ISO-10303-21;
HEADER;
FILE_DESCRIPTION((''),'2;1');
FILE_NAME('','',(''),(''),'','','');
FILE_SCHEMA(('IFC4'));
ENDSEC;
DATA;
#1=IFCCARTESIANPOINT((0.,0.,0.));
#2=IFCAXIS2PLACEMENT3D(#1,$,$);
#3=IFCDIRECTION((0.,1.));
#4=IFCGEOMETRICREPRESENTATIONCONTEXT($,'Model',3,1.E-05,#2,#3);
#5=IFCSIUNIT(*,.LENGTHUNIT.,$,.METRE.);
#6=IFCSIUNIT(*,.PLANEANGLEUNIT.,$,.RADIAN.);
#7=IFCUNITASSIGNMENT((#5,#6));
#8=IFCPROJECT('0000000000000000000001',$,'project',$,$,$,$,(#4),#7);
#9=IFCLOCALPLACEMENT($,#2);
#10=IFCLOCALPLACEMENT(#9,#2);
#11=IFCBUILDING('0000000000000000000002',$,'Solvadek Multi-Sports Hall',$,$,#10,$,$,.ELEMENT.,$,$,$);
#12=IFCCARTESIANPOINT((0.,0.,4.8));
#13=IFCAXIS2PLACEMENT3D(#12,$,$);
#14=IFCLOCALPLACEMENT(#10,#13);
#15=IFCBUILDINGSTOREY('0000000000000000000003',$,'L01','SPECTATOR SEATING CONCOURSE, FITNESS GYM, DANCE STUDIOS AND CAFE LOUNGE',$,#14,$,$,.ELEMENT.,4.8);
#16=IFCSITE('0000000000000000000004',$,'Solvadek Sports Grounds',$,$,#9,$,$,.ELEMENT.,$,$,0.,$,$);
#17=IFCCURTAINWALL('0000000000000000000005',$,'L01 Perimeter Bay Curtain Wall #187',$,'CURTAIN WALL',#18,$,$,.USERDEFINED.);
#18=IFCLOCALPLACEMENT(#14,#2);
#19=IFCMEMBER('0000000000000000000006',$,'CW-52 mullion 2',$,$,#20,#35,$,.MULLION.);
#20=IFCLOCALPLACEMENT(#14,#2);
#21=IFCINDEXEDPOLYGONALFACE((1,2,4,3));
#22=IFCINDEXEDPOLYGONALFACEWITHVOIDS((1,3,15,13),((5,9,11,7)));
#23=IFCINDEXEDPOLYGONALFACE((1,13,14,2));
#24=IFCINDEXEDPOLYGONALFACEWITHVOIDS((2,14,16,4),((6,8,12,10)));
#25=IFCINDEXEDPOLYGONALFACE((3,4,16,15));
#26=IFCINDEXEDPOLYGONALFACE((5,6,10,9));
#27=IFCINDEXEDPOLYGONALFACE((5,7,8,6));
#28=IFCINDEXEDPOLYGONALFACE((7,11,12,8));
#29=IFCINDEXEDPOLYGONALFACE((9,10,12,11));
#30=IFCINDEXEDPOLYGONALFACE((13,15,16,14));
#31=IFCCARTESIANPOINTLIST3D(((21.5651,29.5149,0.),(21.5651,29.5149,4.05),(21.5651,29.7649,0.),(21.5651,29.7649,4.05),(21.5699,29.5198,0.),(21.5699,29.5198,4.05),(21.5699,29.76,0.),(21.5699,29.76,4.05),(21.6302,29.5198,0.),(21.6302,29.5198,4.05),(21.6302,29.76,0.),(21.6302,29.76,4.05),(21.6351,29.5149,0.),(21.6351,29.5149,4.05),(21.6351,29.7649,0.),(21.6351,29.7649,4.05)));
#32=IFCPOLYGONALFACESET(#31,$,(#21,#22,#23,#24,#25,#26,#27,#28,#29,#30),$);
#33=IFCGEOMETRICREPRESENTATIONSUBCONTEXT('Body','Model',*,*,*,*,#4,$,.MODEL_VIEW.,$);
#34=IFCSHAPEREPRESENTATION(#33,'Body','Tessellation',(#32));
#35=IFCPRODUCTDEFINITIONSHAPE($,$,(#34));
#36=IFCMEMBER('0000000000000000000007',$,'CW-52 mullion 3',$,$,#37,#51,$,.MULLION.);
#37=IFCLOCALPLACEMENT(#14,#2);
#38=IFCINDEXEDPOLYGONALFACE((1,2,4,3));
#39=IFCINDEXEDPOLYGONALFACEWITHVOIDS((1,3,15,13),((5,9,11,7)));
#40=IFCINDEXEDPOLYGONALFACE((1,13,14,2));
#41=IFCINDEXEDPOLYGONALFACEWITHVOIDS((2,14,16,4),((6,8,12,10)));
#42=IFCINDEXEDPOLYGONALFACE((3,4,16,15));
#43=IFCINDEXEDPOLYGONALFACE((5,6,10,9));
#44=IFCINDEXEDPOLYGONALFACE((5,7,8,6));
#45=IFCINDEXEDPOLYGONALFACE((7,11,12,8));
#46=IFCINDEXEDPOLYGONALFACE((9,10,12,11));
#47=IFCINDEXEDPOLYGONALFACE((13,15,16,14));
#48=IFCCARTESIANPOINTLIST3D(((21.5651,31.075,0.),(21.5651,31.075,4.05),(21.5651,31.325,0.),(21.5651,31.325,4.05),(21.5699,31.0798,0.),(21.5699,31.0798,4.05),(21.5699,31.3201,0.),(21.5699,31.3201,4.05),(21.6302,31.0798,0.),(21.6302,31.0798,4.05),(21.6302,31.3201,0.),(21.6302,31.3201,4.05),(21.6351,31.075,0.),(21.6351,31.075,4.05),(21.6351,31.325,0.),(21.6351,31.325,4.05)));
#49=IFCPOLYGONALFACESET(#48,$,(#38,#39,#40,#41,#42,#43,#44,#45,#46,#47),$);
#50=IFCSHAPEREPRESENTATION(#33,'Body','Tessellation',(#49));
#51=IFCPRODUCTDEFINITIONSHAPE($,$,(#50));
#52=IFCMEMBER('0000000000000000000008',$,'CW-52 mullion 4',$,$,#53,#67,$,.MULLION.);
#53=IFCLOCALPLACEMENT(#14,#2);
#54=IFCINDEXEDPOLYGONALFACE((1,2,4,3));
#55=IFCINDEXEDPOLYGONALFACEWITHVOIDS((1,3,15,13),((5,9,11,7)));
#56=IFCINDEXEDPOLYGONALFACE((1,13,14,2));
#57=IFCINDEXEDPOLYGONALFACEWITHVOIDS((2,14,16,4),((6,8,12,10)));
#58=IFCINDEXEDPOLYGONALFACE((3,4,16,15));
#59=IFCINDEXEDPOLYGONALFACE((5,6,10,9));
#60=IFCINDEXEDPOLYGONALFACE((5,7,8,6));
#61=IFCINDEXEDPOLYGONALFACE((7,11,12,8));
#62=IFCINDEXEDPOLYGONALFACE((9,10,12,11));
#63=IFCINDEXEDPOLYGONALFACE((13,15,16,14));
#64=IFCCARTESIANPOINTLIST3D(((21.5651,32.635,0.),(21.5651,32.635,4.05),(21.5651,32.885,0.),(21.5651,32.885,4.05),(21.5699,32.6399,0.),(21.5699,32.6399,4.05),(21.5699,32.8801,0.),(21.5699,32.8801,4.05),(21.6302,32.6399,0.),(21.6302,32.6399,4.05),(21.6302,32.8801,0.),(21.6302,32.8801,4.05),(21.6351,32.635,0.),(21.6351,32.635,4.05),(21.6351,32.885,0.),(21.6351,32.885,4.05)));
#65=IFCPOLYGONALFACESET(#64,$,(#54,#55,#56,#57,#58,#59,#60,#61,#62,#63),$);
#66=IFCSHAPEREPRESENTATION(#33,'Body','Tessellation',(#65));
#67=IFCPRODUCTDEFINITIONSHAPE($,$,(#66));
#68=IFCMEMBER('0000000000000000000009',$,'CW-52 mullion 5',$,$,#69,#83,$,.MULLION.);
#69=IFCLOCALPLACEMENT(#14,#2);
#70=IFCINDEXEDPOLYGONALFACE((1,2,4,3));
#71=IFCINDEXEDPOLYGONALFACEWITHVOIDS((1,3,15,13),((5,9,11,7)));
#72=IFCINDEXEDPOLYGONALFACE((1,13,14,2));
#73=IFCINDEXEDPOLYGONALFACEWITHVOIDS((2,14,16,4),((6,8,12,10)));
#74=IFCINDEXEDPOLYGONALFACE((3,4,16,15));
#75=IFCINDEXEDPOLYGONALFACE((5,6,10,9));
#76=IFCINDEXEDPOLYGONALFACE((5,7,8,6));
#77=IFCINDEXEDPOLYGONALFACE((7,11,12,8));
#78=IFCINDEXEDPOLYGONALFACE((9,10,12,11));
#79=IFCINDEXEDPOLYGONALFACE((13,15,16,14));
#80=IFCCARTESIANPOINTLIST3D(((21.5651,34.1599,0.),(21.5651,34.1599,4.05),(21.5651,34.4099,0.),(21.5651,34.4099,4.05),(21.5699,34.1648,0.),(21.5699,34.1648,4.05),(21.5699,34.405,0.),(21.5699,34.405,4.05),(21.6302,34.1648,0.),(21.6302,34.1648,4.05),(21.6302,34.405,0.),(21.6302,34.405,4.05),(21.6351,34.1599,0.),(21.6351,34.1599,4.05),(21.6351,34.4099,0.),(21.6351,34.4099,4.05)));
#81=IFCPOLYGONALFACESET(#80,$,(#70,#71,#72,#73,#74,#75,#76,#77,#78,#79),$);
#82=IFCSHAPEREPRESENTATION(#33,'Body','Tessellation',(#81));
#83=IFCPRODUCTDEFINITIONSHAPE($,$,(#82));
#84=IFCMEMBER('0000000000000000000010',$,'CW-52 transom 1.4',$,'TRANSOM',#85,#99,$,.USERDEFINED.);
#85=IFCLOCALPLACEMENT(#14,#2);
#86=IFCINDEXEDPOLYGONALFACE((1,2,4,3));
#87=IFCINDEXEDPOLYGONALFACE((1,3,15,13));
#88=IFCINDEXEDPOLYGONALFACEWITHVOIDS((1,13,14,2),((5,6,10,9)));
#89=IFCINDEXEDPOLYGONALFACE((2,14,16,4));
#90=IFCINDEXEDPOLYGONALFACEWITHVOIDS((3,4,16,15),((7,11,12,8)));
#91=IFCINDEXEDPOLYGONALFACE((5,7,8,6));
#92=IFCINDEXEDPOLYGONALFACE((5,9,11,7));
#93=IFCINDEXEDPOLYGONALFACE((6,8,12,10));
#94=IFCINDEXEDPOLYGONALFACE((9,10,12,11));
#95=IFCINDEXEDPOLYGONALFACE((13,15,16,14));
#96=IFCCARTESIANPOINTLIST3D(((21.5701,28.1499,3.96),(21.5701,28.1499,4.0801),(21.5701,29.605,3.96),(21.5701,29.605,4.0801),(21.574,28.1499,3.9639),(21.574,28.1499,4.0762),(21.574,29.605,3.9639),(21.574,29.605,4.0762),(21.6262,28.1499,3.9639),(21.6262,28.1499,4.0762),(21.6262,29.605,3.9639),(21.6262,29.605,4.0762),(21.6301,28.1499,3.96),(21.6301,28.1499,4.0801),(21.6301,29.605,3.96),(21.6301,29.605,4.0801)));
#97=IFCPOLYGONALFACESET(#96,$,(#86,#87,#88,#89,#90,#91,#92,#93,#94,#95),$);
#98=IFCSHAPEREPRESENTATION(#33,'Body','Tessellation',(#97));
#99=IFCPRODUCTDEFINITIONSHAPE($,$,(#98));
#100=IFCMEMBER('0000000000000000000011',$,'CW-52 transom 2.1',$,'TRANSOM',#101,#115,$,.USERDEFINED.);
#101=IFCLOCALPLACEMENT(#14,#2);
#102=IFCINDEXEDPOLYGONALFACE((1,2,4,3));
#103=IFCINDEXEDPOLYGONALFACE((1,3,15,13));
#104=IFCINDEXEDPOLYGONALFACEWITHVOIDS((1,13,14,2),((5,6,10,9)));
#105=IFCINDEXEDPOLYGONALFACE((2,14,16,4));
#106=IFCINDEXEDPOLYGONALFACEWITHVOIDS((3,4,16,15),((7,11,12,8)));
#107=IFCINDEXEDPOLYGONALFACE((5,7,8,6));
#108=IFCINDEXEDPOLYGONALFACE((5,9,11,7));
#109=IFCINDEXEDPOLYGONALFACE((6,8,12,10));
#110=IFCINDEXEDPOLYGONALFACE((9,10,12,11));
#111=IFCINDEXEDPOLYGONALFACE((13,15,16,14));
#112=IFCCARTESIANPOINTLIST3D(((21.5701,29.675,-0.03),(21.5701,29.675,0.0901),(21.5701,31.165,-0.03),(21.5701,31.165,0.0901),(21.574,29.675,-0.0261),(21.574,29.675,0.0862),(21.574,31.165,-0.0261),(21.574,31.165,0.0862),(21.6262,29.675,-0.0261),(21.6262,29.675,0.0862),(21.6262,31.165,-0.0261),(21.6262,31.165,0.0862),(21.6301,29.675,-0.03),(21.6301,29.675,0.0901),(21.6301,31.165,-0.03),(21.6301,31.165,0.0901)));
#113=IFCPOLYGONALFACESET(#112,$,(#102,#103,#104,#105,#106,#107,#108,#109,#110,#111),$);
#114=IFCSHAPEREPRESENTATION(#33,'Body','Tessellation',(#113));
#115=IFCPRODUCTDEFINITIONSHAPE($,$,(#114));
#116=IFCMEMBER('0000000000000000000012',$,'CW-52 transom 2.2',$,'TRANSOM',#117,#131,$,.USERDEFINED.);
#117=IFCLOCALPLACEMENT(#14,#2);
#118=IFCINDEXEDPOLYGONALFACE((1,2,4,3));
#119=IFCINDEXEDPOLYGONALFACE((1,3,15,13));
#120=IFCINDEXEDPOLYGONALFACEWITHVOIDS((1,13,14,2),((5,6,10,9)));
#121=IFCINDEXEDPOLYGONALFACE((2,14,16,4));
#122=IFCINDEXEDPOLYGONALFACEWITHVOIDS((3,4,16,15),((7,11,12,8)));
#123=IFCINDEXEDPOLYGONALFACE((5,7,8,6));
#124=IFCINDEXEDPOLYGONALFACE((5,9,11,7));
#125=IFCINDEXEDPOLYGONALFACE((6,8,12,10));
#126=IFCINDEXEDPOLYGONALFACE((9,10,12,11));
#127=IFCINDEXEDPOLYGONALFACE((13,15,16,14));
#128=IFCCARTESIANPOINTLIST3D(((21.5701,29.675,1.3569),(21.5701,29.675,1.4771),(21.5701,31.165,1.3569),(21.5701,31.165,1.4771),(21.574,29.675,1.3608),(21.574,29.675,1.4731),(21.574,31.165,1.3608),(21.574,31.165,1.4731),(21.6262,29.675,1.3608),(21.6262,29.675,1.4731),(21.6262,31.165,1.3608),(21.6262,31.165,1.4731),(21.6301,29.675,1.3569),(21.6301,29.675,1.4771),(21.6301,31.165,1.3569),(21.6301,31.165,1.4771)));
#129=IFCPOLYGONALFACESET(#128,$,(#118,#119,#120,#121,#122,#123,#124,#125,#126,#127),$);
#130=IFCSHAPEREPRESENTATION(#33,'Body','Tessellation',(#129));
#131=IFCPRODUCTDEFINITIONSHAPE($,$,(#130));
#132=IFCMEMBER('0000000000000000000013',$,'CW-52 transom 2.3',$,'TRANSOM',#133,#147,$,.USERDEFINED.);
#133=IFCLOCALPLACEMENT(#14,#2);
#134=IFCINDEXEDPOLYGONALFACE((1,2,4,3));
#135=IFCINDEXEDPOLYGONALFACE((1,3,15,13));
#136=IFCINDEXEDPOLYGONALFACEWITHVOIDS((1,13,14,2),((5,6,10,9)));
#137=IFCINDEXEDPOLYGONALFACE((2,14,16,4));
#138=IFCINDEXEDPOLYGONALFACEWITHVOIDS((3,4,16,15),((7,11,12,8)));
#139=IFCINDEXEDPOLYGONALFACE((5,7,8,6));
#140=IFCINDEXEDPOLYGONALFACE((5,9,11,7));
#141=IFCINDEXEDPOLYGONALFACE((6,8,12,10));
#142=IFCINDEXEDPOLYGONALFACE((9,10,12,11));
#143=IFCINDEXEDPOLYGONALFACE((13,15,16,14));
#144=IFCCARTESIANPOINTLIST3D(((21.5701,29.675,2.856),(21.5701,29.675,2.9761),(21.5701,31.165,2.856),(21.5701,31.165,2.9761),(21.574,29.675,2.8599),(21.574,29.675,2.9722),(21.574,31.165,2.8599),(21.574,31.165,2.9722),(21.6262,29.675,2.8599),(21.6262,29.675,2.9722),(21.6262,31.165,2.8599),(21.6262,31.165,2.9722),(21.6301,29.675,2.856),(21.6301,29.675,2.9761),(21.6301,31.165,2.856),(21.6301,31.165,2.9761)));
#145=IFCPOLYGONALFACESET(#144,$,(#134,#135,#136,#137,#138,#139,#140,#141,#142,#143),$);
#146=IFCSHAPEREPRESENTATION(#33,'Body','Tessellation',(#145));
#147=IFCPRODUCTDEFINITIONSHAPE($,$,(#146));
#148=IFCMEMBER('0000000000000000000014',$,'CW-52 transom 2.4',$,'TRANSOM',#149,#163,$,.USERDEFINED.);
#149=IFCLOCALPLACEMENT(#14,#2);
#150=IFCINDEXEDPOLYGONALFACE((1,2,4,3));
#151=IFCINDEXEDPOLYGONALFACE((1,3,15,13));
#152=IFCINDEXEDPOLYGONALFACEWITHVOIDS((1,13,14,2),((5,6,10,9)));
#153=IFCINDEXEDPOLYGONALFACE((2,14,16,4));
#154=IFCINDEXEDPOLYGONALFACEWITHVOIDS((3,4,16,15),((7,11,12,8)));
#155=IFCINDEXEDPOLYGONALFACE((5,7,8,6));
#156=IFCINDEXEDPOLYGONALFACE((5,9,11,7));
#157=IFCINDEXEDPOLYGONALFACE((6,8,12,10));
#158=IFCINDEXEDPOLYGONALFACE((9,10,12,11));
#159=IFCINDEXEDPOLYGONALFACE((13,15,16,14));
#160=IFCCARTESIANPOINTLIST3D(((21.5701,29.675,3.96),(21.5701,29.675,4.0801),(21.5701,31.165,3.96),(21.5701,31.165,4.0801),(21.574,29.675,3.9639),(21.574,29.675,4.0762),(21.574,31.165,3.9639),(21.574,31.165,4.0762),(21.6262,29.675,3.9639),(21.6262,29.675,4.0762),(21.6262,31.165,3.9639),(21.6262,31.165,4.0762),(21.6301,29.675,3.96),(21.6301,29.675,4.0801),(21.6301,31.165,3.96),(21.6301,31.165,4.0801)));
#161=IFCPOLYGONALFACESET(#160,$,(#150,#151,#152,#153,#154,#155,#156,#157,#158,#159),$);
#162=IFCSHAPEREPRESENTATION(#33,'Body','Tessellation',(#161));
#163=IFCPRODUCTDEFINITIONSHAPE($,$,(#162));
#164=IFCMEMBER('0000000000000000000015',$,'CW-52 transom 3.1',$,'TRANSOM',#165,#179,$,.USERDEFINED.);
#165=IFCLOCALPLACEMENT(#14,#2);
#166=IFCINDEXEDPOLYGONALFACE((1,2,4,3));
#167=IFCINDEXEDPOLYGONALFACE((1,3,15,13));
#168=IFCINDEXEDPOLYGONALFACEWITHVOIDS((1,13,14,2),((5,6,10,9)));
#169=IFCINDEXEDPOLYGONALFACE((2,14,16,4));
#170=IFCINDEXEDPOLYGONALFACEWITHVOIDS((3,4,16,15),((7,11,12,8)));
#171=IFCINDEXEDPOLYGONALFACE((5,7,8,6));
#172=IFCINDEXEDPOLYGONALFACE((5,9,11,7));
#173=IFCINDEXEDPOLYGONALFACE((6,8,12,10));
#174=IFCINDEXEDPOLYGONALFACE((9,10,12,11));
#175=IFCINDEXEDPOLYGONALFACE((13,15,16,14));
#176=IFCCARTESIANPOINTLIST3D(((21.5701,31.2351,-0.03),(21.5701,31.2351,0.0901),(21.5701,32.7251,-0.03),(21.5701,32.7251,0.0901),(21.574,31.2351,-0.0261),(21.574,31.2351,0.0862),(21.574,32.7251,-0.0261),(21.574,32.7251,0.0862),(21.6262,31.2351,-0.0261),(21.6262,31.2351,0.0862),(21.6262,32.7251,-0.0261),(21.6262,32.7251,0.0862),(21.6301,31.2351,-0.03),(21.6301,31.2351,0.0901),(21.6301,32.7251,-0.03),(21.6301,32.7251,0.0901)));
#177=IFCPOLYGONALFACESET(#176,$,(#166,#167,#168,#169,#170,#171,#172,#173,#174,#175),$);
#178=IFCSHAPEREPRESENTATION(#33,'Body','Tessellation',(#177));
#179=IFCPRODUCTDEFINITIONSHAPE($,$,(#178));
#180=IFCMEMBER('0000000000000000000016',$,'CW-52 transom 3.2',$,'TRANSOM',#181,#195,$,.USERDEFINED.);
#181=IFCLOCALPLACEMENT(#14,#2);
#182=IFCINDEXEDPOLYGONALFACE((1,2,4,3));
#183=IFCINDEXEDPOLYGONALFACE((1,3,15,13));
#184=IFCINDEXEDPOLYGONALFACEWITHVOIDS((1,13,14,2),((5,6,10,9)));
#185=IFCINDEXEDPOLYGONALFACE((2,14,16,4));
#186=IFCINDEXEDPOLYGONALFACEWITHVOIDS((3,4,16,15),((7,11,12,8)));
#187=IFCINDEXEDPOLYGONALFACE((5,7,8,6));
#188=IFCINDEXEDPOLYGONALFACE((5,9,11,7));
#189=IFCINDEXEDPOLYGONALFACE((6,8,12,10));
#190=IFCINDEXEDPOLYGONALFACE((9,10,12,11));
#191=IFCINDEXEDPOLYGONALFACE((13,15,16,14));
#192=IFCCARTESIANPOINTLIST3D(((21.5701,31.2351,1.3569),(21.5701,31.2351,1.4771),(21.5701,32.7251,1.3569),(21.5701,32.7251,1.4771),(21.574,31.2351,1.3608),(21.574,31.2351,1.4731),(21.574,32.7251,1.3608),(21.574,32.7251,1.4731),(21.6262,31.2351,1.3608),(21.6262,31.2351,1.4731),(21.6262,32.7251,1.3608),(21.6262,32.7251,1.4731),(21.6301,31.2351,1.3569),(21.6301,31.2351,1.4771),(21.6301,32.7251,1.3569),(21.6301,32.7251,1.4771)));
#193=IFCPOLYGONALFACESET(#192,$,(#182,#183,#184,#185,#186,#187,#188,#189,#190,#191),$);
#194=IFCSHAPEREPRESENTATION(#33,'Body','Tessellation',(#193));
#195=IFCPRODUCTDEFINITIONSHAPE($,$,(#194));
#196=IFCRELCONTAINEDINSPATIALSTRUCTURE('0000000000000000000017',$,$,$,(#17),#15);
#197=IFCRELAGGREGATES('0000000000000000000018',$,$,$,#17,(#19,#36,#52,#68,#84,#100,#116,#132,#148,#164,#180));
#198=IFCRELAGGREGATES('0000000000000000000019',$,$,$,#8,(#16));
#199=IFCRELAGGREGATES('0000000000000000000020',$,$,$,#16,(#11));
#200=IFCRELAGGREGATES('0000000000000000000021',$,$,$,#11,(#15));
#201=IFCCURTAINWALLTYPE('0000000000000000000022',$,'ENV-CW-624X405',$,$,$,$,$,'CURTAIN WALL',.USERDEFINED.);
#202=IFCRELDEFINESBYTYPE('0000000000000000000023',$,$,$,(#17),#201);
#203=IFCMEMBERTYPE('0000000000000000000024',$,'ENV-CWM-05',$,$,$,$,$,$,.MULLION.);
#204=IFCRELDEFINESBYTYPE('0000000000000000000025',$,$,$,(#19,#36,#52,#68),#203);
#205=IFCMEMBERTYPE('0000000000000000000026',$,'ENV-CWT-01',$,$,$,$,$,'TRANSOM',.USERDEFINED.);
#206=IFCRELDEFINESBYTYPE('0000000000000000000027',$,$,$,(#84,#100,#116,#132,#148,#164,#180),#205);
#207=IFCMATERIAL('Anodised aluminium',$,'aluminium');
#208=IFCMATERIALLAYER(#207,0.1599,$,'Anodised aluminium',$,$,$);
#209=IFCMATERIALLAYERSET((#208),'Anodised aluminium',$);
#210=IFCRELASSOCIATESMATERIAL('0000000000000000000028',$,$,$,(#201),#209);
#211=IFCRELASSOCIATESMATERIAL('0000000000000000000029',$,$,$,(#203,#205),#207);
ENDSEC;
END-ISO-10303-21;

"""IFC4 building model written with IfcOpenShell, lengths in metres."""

from ifc_helpers import new_model, si_unit, direction, frame, origin, origin_2d, place, context, subcontext, project, spatial, hollow_rectangle, extrude, material, layer, layer_set, material_profile, profile_set, type_object, element, aggregate, save


model = new_model("IFC4")

# Units and contexts
model_context = context("Model", 3, precision=1e-05, world=origin(), true_north=direction((0.0, 1.0)))
body_context = subcontext(model_context, "Body", "Model", "MODEL_VIEW")
ifc_project = project(units=[si_unit("LENGTHUNIT", "METRE"), si_unit("PLANEANGLEUNIT", "RADIAN")], contexts=[model_context])

# Site, building, storey
site_placement = place(None, origin())
site = spatial("IfcSite", under=ifc_project, at=site_placement, Name="Solvadek Sports Grounds", CompositionType="ELEMENT", RefElevation=0.0)
building_placement = place(site_placement, origin())
building = spatial("IfcBuilding", under=site, at=building_placement, Name="Solvadek Multi-Sports Hall", CompositionType="ELEMENT")
storey_placement = place(building_placement, frame((0.0, 0.0, 4.8)))
storey = spatial("IfcBuildingStorey", under=building, at=storey_placement, Name="L01", Description="SPECTATOR SEATING CONCOURSE, FITNESS GYM, DANCE STUDIOS AND CAFE LOUNGE", CompositionType="ELEMENT", Elevation=4.8)

# Curtain wall, members
ifc_material_1 = material(Name="Anodised aluminium", Category="aluminium")
ifc_layer_1 = layer(ifc_material_1, 0.1599, Name="Anodised aluminium")
ifc_layer_set_1 = layer_set([ifc_layer_1], Name="Anodised aluminium")
curtain_wall_type = type_object("IfcCurtainWallType", Name="ENV-CW-624X405", ElementType="CURTAIN WALL", PredefinedType="USERDEFINED", material=ifc_layer_set_1)
curtain_wall_placement = place(storey_placement, origin())
curtain_wall = element("IfcCurtainWall", 1, at=curtain_wall_placement, inside=storey, type_object=curtain_wall_type, Name="L01 Perimeter Bay Curtain Wall #187", ObjectType="CURTAIN WALL", PredefinedType="USERDEFINED")
ifc_material_profile_1 = material_profile(ifc_material_1, hollow_rectangle(XDim=0.0701, YDim=0.25, WallThickness=0.0049, at=origin_2d()), Name="ALU-M 250x70x5")
ifc_profile_set_1 = profile_set([ifc_material_profile_1], Name="Anodised aluminium")
member_type_1 = type_object("IfcMemberType", Name="ENV-CWM-05", PredefinedType="MULLION", material=ifc_profile_set_1)
member_1_placement = place(storey_placement, frame((21.6001, 29.6399, 0.0), z_axis=(0.0, 0.0, 1.0), x_axis=(-1.0, 0.0, 0.0)))
member_1 = element("IfcMember", 2, at=member_1_placement, type_object=member_type_1, Name="CW-52 mullion 2", PredefinedType="MULLION", context=body_context, shape_type="SweptSolid", body=[
    extrude(hollow_rectangle(XDim=0.0701, YDim=0.25, WallThickness=0.0049, at=origin_2d()), origin(), (0.0, 0.0, 1.0), 4.05),
])
member_2_placement = place(storey_placement, frame((21.6001, 31.2, 0.0), z_axis=(0.0, 0.0, 1.0), x_axis=(-1.0, 0.0, 0.0)))
member_2 = element("IfcMember", 3, at=member_2_placement, type_object=member_type_1, Name="CW-52 mullion 3", PredefinedType="MULLION", context=body_context, shape_type="SweptSolid", body=[
    extrude(hollow_rectangle(XDim=0.0701, YDim=0.25, WallThickness=0.0049, at=origin_2d()), origin(), (0.0, 0.0, 1.0), 4.05),
])
member_3_placement = place(storey_placement, frame((21.6001, 32.76, 0.0), z_axis=(0.0, 0.0, 1.0), x_axis=(-1.0, 0.0, 0.0)))
member_3 = element("IfcMember", 4, at=member_3_placement, type_object=member_type_1, Name="CW-52 mullion 4", PredefinedType="MULLION", context=body_context, shape_type="SweptSolid", body=[
    extrude(hollow_rectangle(XDim=0.0701, YDim=0.25, WallThickness=0.0049, at=origin_2d()), origin(), (0.0, 0.0, 1.0), 4.05),
])
member_4_placement = place(storey_placement, frame((21.6001, 34.2849, 0.0), z_axis=(0.0, 0.0, 1.0), x_axis=(-1.0, 0.0, 0.0)))
member_4 = element("IfcMember", 5, at=member_4_placement, type_object=member_type_1, Name="CW-52 mullion 5", PredefinedType="MULLION", context=body_context, shape_type="SweptSolid", body=[
    extrude(hollow_rectangle(XDim=0.0701, YDim=0.25, WallThickness=0.0049, at=origin_2d()), origin(), (0.0, 0.0, 1.0), 4.05),
])
ifc_material_profile_2 = material_profile(ifc_material_1, hollow_rectangle(XDim=0.0601, YDim=0.1201, WallThickness=0.0039, at=origin_2d()), Name="ALU-T 120x60x4")
ifc_profile_set_2 = profile_set([ifc_material_profile_2], Name="Anodised aluminium")
member_type_2 = type_object("IfcMemberType", Name="ENV-CWT-01", ElementType="TRANSOM", PredefinedType="USERDEFINED", material=ifc_profile_set_2)
member_5_placement = place(storey_placement, frame((21.6001, 28.1499, 4.02), z_axis=(0.0, 1.0, 0.0), x_axis=(-1.0, 0.0, 0.0)))
member_5 = element("IfcMember", 6, at=member_5_placement, type_object=member_type_2, Name="CW-52 transom 1.4", ObjectType="TRANSOM", PredefinedType="USERDEFINED", context=body_context, shape_type="SweptSolid", body=[
    extrude(hollow_rectangle(XDim=0.0601, YDim=0.1201, WallThickness=0.0039, at=origin_2d()), origin(), (0.0, 0.0, 1.0), 1.4551),
])
member_6_placement = place(storey_placement, frame((21.6001, 29.675, 0.03), z_axis=(0.0, 1.0, 0.0), x_axis=(-1.0, 0.0, 0.0)))
member_6 = element("IfcMember", 7, at=member_6_placement, type_object=member_type_2, Name="CW-52 transom 2.1", ObjectType="TRANSOM", PredefinedType="USERDEFINED", context=body_context, shape_type="SweptSolid", body=[
    extrude(hollow_rectangle(XDim=0.0601, YDim=0.1201, WallThickness=0.0039, at=origin_2d()), origin(), (0.0, 0.0, 1.0), 1.49),
])
member_7_placement = place(storey_placement, frame((21.6001, 29.675, 1.417), z_axis=(0.0, 1.0, 0.0), x_axis=(-1.0, 0.0, 0.0)))
member_7 = element("IfcMember", 8, at=member_7_placement, type_object=member_type_2, Name="CW-52 transom 2.2", ObjectType="TRANSOM", PredefinedType="USERDEFINED", context=body_context, shape_type="SweptSolid", body=[
    extrude(hollow_rectangle(XDim=0.0601, YDim=0.1201, WallThickness=0.0039, at=origin_2d()), origin(), (0.0, 0.0, 1.0), 1.49),
])
member_8_placement = place(storey_placement, frame((21.6001, 29.675, 2.916), z_axis=(0.0, 1.0, 0.0), x_axis=(-1.0, 0.0, 0.0)))
member_8 = element("IfcMember", 9, at=member_8_placement, type_object=member_type_2, Name="CW-52 transom 2.3", ObjectType="TRANSOM", PredefinedType="USERDEFINED", context=body_context, shape_type="SweptSolid", body=[
    extrude(hollow_rectangle(XDim=0.0601, YDim=0.1201, WallThickness=0.0039, at=origin_2d()), origin(), (0.0, 0.0, 1.0), 1.49),
])
member_9_placement = place(storey_placement, frame((21.6001, 29.675, 4.02), z_axis=(0.0, 1.0, 0.0), x_axis=(-1.0, 0.0, 0.0)))
member_9 = element("IfcMember", 10, at=member_9_placement, type_object=member_type_2, Name="CW-52 transom 2.4", ObjectType="TRANSOM", PredefinedType="USERDEFINED", context=body_context, shape_type="SweptSolid", body=[
    extrude(hollow_rectangle(XDim=0.0601, YDim=0.1201, WallThickness=0.0039, at=origin_2d()), origin(), (0.0, 0.0, 1.0), 1.49),
])
member_10_placement = place(storey_placement, frame((21.6001, 31.2351, 0.03), z_axis=(0.0, 1.0, 0.0), x_axis=(-1.0, 0.0, 0.0)))
member_10 = element("IfcMember", 11, at=member_10_placement, type_object=member_type_2, Name="CW-52 transom 3.1", ObjectType="TRANSOM", PredefinedType="USERDEFINED", context=body_context, shape_type="SweptSolid", body=[
    extrude(hollow_rectangle(XDim=0.0601, YDim=0.1201, WallThickness=0.0039, at=origin_2d()), origin(), (0.0, 0.0, 1.0), 1.49),
])
member_11_placement = place(storey_placement, frame((21.6001, 31.2351, 1.417), z_axis=(0.0, 1.0, 0.0), x_axis=(-1.0, 0.0, 0.0)))
member_11 = element("IfcMember", 12, at=member_11_placement, type_object=member_type_2, Name="CW-52 transom 3.2", ObjectType="TRANSOM", PredefinedType="USERDEFINED", context=body_context, shape_type="SweptSolid", body=[
    extrude(hollow_rectangle(XDim=0.0601, YDim=0.1201, WallThickness=0.0039, at=origin_2d()), origin(), (0.0, 0.0, 1.0), 1.49),
])
aggregate(curtain_wall, [member_1, member_2, member_3, member_4, member_5, member_6, member_7, member_8, member_9, member_10, member_11])

save(model, "model.ifc")
